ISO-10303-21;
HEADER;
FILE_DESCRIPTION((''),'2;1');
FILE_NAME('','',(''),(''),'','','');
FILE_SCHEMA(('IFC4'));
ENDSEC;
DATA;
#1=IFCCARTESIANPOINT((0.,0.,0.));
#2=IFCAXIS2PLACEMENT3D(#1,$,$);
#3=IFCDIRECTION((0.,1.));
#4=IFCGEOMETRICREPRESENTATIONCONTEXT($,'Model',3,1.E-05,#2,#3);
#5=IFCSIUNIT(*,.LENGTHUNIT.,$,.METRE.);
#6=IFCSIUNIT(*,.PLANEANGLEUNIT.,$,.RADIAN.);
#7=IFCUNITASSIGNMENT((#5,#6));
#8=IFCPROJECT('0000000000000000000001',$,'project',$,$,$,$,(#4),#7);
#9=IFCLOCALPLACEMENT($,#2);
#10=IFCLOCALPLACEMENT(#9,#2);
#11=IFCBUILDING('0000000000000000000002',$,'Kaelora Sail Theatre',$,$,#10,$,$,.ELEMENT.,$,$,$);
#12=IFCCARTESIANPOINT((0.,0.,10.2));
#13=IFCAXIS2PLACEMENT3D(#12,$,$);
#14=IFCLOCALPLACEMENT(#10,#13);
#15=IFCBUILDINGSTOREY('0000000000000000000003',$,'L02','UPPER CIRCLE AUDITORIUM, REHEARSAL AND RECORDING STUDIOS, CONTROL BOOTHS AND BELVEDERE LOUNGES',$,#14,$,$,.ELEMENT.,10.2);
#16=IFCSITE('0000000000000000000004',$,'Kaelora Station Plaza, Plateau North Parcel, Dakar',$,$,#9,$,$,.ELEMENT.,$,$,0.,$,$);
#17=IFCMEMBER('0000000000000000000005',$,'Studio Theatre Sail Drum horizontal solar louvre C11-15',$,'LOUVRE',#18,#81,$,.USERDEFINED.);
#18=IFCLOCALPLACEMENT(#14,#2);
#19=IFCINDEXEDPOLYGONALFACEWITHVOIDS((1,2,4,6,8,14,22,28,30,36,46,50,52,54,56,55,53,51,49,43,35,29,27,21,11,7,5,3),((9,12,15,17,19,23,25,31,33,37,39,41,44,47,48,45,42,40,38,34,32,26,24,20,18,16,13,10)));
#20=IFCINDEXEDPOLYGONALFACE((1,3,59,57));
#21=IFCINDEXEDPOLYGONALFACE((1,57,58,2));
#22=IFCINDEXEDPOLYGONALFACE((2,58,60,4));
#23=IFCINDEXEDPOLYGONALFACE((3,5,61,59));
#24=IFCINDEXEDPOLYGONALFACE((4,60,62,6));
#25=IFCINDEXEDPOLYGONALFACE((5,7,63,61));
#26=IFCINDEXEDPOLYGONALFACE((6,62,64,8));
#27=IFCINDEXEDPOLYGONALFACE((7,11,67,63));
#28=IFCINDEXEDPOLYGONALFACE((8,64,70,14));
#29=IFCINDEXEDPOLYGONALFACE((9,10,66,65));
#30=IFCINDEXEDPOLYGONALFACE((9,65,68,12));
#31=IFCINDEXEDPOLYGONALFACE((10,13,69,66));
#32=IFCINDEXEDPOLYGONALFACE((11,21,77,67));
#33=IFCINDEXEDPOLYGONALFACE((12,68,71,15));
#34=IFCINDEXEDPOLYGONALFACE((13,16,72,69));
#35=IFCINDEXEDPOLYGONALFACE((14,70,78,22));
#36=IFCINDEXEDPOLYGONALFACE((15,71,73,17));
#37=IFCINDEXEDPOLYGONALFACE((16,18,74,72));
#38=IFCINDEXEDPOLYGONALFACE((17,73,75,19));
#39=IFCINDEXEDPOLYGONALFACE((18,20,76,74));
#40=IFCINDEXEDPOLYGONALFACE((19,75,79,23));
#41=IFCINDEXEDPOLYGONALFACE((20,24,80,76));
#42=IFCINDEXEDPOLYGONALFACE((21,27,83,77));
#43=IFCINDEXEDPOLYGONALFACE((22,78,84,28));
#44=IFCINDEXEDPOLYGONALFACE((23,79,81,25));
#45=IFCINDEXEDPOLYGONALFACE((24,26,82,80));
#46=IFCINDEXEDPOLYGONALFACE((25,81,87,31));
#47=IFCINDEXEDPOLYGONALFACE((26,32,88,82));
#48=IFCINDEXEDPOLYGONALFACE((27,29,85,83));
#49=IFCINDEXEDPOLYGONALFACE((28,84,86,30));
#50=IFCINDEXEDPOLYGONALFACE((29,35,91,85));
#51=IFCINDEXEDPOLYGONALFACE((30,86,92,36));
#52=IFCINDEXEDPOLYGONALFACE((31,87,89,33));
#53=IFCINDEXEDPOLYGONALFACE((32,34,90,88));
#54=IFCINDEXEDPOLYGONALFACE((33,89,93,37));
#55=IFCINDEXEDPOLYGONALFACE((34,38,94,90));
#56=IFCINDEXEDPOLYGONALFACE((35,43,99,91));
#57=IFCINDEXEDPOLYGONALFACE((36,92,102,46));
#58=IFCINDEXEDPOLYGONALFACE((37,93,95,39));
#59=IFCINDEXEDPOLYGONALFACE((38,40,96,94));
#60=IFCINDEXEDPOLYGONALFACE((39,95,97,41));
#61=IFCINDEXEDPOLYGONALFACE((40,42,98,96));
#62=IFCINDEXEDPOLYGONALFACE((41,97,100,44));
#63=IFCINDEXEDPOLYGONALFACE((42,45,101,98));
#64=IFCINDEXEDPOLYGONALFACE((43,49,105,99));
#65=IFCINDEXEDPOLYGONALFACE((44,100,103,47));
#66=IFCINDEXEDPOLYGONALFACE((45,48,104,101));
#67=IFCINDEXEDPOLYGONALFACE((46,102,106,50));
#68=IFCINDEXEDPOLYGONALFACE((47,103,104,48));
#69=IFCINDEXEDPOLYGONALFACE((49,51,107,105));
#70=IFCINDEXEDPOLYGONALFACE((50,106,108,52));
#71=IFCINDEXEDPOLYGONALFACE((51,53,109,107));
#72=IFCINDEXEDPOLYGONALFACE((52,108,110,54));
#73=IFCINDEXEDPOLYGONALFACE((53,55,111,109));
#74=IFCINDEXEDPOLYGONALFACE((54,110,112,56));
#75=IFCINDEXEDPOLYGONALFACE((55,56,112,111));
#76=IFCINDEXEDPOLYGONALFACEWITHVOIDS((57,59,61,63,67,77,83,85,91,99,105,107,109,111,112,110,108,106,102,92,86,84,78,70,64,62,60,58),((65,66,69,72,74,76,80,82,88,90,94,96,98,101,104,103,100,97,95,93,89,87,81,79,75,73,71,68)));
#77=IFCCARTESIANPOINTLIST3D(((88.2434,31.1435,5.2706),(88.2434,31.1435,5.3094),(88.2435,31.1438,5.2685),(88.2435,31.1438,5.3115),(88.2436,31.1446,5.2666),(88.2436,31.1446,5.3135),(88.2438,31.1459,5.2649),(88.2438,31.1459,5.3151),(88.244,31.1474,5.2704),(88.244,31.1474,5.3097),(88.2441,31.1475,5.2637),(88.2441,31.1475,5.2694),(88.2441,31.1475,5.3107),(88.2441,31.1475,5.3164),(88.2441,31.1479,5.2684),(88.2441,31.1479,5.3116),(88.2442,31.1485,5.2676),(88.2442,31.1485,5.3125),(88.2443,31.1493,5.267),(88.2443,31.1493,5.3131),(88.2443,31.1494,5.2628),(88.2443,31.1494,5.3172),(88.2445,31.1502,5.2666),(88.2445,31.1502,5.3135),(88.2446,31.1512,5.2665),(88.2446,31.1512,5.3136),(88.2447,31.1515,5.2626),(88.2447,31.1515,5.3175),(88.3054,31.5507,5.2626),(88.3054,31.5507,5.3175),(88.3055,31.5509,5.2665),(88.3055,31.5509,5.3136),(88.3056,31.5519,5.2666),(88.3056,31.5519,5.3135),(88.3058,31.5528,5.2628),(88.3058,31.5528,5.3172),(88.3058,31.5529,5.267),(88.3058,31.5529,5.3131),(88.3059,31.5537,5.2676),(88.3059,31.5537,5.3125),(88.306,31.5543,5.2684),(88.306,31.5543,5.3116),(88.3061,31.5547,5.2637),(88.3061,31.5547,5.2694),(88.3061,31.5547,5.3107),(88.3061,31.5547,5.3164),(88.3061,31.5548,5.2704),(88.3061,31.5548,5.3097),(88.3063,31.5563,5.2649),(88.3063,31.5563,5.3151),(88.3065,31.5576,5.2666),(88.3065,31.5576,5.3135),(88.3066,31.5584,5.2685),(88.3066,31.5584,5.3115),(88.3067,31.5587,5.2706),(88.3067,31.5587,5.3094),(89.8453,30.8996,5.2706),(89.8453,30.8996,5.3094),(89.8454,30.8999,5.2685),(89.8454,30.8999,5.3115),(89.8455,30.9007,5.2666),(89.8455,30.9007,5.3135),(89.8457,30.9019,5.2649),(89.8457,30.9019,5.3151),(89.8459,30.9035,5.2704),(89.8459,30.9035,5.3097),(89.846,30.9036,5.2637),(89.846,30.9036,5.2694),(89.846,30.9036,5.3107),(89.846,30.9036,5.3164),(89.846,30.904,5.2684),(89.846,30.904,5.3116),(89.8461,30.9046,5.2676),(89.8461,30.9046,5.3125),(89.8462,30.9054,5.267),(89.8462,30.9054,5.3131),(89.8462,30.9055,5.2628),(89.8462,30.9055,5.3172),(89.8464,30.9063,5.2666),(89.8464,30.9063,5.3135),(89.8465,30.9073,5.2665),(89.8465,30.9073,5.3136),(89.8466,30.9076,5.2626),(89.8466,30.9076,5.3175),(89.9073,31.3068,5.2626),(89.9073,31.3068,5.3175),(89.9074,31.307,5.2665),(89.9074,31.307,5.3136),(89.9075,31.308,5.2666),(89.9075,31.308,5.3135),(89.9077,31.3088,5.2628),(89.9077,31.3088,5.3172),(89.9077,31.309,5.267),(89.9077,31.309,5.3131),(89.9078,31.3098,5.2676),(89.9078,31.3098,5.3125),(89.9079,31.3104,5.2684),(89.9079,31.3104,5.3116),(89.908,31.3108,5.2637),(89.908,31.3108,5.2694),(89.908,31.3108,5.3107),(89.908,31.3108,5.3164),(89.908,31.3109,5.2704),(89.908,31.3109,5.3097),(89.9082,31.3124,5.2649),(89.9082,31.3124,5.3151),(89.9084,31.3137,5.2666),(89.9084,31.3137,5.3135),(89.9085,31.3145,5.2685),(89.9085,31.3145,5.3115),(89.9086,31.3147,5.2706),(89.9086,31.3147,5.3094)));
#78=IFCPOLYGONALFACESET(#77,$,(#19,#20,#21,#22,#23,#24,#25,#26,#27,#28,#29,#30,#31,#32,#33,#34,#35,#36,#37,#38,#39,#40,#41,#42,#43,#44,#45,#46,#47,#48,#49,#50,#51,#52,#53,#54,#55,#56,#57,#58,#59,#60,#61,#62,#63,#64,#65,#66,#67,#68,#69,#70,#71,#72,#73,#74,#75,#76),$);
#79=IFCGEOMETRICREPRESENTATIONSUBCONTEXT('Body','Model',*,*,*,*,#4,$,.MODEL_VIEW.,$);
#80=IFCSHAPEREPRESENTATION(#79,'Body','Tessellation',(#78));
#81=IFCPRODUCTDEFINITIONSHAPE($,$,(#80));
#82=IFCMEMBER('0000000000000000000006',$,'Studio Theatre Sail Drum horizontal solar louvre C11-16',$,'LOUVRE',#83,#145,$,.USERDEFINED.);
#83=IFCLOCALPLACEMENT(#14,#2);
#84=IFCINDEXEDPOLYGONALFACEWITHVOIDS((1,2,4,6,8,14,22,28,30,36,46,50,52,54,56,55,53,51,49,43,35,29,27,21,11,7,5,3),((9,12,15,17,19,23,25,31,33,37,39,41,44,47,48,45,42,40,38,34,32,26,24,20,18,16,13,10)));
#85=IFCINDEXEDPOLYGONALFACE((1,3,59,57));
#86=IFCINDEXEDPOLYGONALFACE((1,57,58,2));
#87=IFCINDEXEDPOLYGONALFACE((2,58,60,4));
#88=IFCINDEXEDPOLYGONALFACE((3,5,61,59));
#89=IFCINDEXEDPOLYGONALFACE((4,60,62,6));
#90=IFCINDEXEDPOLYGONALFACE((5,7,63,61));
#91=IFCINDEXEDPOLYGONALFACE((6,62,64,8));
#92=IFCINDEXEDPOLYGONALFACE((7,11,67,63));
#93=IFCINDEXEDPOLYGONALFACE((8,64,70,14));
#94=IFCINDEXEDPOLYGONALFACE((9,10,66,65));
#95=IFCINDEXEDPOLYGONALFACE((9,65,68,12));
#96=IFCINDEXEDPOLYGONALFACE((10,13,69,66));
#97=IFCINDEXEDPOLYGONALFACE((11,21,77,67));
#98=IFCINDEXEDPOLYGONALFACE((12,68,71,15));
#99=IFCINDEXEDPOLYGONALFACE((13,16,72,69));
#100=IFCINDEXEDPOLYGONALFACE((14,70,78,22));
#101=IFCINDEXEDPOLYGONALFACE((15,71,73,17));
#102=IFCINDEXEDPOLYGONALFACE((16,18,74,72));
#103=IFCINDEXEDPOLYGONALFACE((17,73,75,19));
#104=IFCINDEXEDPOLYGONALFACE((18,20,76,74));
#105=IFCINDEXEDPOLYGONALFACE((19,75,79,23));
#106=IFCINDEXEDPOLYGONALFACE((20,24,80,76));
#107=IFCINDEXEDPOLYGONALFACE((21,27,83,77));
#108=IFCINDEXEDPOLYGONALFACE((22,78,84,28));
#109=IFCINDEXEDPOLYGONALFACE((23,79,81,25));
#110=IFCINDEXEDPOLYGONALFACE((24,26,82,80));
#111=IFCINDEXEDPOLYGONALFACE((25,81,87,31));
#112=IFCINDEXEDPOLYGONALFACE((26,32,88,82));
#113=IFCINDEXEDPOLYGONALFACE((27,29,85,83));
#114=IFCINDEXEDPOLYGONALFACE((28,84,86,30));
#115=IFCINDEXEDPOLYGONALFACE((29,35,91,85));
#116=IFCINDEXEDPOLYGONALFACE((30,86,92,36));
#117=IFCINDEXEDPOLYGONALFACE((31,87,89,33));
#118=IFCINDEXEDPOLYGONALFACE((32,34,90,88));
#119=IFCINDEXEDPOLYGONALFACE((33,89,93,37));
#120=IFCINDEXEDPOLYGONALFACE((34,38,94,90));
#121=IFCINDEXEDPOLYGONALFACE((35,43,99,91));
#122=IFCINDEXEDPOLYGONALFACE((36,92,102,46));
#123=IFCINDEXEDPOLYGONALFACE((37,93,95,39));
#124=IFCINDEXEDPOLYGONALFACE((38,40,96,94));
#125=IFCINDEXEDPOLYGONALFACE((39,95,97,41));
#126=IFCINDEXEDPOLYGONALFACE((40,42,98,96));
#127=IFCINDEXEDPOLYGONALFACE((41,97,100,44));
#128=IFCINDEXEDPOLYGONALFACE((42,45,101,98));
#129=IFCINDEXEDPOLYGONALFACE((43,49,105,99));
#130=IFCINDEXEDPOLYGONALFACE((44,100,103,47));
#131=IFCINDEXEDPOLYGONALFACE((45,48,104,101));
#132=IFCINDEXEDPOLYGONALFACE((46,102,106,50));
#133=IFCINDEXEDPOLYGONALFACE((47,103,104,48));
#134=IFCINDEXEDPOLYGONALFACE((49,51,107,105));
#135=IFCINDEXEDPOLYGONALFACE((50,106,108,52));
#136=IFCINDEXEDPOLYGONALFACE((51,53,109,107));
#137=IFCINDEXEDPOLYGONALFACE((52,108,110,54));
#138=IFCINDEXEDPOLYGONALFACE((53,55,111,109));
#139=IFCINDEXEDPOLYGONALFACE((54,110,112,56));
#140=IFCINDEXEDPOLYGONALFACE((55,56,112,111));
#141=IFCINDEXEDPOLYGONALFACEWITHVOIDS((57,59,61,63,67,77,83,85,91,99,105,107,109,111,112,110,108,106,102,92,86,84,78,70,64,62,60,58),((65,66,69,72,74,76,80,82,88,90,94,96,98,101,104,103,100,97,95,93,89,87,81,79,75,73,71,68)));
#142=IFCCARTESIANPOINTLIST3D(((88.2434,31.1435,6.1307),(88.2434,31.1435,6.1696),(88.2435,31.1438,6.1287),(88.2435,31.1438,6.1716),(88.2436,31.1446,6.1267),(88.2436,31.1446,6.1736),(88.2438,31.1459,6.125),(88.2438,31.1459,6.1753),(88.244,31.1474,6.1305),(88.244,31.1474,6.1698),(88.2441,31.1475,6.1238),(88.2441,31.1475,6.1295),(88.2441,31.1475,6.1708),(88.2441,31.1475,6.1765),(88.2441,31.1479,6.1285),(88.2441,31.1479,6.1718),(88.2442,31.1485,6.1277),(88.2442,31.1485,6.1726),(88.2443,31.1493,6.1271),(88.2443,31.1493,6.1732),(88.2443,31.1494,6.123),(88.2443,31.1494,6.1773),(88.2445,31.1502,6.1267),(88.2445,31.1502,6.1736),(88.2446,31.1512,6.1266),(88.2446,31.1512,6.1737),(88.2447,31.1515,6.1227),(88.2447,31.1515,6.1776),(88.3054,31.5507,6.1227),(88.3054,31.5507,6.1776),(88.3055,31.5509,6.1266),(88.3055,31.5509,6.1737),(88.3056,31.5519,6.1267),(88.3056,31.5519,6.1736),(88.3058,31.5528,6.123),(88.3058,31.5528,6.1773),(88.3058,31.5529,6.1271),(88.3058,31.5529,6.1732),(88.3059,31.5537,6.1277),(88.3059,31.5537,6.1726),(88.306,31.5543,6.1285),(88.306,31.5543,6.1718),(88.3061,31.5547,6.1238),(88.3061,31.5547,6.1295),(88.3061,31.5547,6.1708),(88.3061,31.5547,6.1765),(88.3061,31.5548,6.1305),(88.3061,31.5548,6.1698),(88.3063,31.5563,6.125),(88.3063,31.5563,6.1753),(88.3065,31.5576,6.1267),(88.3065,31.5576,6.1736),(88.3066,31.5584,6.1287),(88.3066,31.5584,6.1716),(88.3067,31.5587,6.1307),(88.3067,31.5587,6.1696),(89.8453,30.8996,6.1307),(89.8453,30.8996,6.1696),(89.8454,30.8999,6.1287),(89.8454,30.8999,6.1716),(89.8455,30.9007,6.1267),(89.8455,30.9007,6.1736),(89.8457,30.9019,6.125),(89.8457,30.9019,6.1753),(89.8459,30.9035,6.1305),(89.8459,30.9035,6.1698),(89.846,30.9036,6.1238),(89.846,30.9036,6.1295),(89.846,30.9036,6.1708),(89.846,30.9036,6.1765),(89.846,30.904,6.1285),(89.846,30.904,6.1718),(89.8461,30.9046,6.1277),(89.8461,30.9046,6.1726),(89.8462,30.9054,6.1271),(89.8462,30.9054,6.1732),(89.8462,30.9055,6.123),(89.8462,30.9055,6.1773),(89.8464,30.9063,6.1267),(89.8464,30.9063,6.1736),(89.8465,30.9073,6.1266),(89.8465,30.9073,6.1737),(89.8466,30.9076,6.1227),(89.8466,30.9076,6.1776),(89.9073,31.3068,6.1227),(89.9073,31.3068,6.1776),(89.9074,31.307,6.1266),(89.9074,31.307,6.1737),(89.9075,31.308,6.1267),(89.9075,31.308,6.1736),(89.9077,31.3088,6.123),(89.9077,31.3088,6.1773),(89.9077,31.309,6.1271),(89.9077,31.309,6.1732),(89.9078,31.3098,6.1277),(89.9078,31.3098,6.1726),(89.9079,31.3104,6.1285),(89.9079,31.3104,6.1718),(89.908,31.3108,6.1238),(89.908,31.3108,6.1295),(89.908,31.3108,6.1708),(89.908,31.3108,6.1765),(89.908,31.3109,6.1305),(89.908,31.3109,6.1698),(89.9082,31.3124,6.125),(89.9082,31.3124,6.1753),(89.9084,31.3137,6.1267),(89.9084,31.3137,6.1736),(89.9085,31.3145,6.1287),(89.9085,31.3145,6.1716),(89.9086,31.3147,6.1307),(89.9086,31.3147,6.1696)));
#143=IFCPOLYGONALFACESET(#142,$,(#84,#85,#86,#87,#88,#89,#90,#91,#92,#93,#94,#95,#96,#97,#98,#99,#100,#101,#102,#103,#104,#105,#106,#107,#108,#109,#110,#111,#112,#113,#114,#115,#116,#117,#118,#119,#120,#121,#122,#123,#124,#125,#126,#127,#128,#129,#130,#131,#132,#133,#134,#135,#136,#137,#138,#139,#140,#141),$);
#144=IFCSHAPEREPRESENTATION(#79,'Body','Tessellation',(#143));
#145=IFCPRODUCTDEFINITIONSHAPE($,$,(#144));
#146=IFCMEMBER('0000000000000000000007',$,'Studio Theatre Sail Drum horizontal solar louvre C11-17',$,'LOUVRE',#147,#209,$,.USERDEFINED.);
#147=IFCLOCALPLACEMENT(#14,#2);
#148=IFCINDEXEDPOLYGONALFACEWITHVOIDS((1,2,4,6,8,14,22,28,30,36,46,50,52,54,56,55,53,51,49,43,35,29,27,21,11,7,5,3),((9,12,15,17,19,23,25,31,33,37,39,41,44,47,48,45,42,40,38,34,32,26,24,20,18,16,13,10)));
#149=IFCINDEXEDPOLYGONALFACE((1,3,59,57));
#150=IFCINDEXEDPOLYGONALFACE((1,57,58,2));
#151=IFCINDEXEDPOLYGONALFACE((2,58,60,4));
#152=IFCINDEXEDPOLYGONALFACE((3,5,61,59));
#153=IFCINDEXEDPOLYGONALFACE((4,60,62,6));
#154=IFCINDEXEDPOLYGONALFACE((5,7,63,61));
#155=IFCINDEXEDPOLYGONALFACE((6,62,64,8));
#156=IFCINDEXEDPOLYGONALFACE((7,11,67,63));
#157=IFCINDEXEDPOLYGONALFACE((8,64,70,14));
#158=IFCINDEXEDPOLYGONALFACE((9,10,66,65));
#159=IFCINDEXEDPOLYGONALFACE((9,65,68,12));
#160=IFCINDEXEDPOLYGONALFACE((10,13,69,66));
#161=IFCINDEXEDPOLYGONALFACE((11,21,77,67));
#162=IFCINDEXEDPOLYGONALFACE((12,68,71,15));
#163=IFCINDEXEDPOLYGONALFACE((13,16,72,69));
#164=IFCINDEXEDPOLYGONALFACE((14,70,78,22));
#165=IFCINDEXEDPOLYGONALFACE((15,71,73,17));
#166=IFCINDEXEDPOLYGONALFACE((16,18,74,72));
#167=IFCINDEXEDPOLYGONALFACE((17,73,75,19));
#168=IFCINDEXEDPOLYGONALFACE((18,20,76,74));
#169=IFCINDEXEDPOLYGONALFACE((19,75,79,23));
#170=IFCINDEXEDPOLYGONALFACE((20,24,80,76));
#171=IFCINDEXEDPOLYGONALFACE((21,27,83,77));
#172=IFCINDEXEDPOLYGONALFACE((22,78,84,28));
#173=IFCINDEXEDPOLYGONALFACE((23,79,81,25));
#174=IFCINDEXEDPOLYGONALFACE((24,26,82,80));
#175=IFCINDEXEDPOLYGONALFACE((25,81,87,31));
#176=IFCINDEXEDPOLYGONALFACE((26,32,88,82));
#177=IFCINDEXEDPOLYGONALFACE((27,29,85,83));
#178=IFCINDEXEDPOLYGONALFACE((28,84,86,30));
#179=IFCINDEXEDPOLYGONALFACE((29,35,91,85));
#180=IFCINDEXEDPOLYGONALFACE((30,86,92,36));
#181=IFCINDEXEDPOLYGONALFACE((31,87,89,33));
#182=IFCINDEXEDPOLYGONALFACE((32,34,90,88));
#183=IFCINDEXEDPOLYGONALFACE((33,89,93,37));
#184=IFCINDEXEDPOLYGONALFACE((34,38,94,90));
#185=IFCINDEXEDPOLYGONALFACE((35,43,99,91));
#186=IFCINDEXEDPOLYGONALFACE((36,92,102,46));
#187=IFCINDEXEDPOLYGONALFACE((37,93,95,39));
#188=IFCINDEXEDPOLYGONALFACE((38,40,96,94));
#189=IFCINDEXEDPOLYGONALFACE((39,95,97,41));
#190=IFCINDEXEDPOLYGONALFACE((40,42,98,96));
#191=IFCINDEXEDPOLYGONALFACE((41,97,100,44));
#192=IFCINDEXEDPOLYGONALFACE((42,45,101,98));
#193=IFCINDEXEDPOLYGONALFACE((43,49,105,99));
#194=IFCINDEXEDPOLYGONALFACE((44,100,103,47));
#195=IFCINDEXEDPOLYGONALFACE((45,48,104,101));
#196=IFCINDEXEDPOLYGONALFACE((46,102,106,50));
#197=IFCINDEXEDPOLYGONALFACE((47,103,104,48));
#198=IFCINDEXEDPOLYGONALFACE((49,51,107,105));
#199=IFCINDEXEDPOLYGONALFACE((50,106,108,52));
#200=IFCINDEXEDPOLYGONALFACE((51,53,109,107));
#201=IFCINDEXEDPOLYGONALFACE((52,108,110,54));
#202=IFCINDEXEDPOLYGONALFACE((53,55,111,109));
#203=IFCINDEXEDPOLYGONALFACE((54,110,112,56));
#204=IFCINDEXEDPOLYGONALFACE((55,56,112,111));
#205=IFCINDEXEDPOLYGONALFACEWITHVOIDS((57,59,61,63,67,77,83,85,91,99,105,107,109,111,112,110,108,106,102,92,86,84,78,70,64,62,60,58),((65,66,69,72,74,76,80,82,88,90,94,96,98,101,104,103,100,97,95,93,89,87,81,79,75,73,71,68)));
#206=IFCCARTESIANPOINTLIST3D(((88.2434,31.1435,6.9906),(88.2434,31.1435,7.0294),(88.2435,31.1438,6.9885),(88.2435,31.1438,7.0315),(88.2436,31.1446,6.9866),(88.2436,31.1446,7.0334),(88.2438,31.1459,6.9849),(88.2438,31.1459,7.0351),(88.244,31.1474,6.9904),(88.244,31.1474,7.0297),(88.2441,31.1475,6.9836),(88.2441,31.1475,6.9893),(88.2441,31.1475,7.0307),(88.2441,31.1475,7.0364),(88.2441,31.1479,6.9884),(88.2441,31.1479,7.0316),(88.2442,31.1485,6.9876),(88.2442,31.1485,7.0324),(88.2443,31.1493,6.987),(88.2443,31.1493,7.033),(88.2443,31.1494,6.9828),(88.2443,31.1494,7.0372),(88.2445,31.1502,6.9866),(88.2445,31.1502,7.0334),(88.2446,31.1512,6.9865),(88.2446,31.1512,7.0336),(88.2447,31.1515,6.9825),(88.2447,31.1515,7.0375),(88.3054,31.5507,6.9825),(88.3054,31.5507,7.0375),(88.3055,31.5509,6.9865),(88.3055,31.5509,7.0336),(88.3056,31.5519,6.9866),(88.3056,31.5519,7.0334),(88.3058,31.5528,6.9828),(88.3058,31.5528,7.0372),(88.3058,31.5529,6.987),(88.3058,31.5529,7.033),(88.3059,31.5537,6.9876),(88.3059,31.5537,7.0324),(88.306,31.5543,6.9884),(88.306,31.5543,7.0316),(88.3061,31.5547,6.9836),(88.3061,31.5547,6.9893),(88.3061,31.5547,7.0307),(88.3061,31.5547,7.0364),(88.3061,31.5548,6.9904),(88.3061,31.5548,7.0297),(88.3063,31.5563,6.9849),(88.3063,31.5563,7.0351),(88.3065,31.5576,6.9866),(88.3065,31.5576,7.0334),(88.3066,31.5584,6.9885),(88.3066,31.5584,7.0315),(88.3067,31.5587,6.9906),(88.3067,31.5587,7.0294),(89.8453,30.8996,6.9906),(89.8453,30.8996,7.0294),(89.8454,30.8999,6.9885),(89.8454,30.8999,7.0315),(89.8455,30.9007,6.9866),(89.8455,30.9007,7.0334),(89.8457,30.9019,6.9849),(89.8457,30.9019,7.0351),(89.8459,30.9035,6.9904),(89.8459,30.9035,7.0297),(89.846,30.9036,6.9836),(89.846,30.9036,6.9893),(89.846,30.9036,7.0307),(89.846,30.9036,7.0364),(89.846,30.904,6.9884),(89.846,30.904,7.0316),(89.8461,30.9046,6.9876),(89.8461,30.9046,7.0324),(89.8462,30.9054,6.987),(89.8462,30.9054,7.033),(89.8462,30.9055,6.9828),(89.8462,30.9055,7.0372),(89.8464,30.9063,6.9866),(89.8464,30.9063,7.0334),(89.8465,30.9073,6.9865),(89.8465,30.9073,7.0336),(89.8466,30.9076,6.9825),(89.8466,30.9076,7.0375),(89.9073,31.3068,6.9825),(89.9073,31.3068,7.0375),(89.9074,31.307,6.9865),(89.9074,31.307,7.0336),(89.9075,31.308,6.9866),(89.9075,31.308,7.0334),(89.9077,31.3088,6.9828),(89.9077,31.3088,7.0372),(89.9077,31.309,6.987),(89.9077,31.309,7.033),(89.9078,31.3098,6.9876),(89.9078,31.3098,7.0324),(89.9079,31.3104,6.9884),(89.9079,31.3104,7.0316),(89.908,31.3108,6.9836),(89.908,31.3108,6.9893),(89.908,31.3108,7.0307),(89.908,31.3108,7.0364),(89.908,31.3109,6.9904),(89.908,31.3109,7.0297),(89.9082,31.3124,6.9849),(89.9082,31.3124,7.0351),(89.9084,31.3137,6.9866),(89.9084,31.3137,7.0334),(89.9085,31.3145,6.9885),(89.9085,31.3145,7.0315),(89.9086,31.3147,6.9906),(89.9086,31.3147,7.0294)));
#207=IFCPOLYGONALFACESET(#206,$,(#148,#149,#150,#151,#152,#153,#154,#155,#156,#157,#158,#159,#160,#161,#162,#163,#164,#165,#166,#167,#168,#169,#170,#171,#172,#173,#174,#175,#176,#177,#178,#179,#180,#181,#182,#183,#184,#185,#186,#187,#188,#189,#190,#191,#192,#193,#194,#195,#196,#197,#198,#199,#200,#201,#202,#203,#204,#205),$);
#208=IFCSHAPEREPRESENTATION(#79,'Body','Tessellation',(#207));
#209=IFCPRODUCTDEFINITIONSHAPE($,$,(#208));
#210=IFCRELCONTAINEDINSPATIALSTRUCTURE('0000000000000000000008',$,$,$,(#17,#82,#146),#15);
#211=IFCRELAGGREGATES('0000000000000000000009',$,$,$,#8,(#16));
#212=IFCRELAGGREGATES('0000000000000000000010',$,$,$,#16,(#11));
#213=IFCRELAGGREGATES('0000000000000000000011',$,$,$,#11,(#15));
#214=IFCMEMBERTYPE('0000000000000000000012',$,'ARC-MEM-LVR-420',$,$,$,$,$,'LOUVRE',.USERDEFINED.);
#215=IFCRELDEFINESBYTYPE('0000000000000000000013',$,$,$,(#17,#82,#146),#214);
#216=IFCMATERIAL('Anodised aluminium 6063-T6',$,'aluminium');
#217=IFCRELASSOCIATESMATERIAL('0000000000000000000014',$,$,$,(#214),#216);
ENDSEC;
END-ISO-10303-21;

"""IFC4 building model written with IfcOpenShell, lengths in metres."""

from ifc_helpers import new_model, si_unit, direction, frame, origin, origin_2d, place, context, subcontext, project, spatial, hollow_rectangle, extrude, material, material_profile, profile_set, type_object, element, save


model = new_model("IFC4")

# Units and contexts
model_context = context("Model", 3, precision=1e-05, world=origin(), true_north=direction((0.0, 1.0)))
body_context = subcontext(model_context, "Body", "Model", "MODEL_VIEW")
ifc_project = project(units=[si_unit("LENGTHUNIT", "METRE"), si_unit("PLANEANGLEUNIT", "RADIAN")], contexts=[model_context])

# Site, building, storey
site_placement = place(None, origin())
site = spatial("IfcSite", under=ifc_project, at=site_placement, Name="Kaelora Station Plaza, Plateau North Parcel, Dakar", CompositionType="ELEMENT", RefElevation=0.0)
building_placement = place(site_placement, origin())
building = spatial("IfcBuilding", under=site, at=building_placement, Name="Kaelora Sail Theatre", CompositionType="ELEMENT")
storey_placement = place(building_placement, frame((0.0, 0.0, 10.2)))
storey = spatial("IfcBuildingStorey", under=building, at=storey_placement, Name="L02", Description="UPPER CIRCLE AUDITORIUM, REHEARSAL AND RECORDING STUDIOS, CONTROL BOOTHS AND BELVEDERE LOUNGES", CompositionType="ELEMENT", Elevation=10.2)

# Members
ifc_material_1 = material(Name="Anodised aluminium 6063-T6", Category="aluminium")
ifc_material_profile_1 = material_profile(ifc_material_1, hollow_rectangle(XDim=0.4199, YDim=0.0549, WallThickness=0.0039, InnerFilletRadius=0.0039, OuterFilletRadius=0.0081, at=origin_2d()), Name="LOUVRE 420x55x4")
ifc_profile_set_1 = profile_set([ifc_material_profile_1], Name="Anodised aluminium 6063-T6")
member_type = type_object("IfcMemberType", Name="ARC-MEM-LVR-420", ElementType="LOUVRE", PredefinedType="USERDEFINED", material=ifc_profile_set_1)
for number, where, z_axis, x_axis, name in (
    (1, (89.877, 31.1072, 5.29), (-0.988606, 0.150528, 0.0), (-0.150528, -0.988606, 0.0), "Studio Theatre Sail Drum horizontal solar louvre C11-15"),
    (2, (89.877, 31.1072, 6.1501), (-0.988606, 0.150528, 0.0), (-0.150528, -0.988606, 0.0), "Studio Theatre Sail Drum horizontal solar louvre C11-16"),
    (3, (89.877, 31.1072, 7.01), (-0.988606, 0.150528, 0.0), (-0.150528, -0.988606, 0.0), "Studio Theatre Sail Drum horizontal solar louvre C11-17"),
):
    element("IfcMember", number, at=place(storey_placement, frame(where, z_axis=z_axis, x_axis=x_axis)), inside=storey, type_object=member_type, Name=name, ObjectType="LOUVRE", PredefinedType="USERDEFINED", context=body_context, shape_type="SweptSolid", body=[
        extrude(hollow_rectangle(XDim=0.4199, YDim=0.0549, WallThickness=0.0039, InnerFilletRadius=0.0039, OuterFilletRadius=0.0081, at=origin_2d()), origin(), (0.0, 0.0, 1.0), 1.6204),
    ])

save(model, "model.ifc")
